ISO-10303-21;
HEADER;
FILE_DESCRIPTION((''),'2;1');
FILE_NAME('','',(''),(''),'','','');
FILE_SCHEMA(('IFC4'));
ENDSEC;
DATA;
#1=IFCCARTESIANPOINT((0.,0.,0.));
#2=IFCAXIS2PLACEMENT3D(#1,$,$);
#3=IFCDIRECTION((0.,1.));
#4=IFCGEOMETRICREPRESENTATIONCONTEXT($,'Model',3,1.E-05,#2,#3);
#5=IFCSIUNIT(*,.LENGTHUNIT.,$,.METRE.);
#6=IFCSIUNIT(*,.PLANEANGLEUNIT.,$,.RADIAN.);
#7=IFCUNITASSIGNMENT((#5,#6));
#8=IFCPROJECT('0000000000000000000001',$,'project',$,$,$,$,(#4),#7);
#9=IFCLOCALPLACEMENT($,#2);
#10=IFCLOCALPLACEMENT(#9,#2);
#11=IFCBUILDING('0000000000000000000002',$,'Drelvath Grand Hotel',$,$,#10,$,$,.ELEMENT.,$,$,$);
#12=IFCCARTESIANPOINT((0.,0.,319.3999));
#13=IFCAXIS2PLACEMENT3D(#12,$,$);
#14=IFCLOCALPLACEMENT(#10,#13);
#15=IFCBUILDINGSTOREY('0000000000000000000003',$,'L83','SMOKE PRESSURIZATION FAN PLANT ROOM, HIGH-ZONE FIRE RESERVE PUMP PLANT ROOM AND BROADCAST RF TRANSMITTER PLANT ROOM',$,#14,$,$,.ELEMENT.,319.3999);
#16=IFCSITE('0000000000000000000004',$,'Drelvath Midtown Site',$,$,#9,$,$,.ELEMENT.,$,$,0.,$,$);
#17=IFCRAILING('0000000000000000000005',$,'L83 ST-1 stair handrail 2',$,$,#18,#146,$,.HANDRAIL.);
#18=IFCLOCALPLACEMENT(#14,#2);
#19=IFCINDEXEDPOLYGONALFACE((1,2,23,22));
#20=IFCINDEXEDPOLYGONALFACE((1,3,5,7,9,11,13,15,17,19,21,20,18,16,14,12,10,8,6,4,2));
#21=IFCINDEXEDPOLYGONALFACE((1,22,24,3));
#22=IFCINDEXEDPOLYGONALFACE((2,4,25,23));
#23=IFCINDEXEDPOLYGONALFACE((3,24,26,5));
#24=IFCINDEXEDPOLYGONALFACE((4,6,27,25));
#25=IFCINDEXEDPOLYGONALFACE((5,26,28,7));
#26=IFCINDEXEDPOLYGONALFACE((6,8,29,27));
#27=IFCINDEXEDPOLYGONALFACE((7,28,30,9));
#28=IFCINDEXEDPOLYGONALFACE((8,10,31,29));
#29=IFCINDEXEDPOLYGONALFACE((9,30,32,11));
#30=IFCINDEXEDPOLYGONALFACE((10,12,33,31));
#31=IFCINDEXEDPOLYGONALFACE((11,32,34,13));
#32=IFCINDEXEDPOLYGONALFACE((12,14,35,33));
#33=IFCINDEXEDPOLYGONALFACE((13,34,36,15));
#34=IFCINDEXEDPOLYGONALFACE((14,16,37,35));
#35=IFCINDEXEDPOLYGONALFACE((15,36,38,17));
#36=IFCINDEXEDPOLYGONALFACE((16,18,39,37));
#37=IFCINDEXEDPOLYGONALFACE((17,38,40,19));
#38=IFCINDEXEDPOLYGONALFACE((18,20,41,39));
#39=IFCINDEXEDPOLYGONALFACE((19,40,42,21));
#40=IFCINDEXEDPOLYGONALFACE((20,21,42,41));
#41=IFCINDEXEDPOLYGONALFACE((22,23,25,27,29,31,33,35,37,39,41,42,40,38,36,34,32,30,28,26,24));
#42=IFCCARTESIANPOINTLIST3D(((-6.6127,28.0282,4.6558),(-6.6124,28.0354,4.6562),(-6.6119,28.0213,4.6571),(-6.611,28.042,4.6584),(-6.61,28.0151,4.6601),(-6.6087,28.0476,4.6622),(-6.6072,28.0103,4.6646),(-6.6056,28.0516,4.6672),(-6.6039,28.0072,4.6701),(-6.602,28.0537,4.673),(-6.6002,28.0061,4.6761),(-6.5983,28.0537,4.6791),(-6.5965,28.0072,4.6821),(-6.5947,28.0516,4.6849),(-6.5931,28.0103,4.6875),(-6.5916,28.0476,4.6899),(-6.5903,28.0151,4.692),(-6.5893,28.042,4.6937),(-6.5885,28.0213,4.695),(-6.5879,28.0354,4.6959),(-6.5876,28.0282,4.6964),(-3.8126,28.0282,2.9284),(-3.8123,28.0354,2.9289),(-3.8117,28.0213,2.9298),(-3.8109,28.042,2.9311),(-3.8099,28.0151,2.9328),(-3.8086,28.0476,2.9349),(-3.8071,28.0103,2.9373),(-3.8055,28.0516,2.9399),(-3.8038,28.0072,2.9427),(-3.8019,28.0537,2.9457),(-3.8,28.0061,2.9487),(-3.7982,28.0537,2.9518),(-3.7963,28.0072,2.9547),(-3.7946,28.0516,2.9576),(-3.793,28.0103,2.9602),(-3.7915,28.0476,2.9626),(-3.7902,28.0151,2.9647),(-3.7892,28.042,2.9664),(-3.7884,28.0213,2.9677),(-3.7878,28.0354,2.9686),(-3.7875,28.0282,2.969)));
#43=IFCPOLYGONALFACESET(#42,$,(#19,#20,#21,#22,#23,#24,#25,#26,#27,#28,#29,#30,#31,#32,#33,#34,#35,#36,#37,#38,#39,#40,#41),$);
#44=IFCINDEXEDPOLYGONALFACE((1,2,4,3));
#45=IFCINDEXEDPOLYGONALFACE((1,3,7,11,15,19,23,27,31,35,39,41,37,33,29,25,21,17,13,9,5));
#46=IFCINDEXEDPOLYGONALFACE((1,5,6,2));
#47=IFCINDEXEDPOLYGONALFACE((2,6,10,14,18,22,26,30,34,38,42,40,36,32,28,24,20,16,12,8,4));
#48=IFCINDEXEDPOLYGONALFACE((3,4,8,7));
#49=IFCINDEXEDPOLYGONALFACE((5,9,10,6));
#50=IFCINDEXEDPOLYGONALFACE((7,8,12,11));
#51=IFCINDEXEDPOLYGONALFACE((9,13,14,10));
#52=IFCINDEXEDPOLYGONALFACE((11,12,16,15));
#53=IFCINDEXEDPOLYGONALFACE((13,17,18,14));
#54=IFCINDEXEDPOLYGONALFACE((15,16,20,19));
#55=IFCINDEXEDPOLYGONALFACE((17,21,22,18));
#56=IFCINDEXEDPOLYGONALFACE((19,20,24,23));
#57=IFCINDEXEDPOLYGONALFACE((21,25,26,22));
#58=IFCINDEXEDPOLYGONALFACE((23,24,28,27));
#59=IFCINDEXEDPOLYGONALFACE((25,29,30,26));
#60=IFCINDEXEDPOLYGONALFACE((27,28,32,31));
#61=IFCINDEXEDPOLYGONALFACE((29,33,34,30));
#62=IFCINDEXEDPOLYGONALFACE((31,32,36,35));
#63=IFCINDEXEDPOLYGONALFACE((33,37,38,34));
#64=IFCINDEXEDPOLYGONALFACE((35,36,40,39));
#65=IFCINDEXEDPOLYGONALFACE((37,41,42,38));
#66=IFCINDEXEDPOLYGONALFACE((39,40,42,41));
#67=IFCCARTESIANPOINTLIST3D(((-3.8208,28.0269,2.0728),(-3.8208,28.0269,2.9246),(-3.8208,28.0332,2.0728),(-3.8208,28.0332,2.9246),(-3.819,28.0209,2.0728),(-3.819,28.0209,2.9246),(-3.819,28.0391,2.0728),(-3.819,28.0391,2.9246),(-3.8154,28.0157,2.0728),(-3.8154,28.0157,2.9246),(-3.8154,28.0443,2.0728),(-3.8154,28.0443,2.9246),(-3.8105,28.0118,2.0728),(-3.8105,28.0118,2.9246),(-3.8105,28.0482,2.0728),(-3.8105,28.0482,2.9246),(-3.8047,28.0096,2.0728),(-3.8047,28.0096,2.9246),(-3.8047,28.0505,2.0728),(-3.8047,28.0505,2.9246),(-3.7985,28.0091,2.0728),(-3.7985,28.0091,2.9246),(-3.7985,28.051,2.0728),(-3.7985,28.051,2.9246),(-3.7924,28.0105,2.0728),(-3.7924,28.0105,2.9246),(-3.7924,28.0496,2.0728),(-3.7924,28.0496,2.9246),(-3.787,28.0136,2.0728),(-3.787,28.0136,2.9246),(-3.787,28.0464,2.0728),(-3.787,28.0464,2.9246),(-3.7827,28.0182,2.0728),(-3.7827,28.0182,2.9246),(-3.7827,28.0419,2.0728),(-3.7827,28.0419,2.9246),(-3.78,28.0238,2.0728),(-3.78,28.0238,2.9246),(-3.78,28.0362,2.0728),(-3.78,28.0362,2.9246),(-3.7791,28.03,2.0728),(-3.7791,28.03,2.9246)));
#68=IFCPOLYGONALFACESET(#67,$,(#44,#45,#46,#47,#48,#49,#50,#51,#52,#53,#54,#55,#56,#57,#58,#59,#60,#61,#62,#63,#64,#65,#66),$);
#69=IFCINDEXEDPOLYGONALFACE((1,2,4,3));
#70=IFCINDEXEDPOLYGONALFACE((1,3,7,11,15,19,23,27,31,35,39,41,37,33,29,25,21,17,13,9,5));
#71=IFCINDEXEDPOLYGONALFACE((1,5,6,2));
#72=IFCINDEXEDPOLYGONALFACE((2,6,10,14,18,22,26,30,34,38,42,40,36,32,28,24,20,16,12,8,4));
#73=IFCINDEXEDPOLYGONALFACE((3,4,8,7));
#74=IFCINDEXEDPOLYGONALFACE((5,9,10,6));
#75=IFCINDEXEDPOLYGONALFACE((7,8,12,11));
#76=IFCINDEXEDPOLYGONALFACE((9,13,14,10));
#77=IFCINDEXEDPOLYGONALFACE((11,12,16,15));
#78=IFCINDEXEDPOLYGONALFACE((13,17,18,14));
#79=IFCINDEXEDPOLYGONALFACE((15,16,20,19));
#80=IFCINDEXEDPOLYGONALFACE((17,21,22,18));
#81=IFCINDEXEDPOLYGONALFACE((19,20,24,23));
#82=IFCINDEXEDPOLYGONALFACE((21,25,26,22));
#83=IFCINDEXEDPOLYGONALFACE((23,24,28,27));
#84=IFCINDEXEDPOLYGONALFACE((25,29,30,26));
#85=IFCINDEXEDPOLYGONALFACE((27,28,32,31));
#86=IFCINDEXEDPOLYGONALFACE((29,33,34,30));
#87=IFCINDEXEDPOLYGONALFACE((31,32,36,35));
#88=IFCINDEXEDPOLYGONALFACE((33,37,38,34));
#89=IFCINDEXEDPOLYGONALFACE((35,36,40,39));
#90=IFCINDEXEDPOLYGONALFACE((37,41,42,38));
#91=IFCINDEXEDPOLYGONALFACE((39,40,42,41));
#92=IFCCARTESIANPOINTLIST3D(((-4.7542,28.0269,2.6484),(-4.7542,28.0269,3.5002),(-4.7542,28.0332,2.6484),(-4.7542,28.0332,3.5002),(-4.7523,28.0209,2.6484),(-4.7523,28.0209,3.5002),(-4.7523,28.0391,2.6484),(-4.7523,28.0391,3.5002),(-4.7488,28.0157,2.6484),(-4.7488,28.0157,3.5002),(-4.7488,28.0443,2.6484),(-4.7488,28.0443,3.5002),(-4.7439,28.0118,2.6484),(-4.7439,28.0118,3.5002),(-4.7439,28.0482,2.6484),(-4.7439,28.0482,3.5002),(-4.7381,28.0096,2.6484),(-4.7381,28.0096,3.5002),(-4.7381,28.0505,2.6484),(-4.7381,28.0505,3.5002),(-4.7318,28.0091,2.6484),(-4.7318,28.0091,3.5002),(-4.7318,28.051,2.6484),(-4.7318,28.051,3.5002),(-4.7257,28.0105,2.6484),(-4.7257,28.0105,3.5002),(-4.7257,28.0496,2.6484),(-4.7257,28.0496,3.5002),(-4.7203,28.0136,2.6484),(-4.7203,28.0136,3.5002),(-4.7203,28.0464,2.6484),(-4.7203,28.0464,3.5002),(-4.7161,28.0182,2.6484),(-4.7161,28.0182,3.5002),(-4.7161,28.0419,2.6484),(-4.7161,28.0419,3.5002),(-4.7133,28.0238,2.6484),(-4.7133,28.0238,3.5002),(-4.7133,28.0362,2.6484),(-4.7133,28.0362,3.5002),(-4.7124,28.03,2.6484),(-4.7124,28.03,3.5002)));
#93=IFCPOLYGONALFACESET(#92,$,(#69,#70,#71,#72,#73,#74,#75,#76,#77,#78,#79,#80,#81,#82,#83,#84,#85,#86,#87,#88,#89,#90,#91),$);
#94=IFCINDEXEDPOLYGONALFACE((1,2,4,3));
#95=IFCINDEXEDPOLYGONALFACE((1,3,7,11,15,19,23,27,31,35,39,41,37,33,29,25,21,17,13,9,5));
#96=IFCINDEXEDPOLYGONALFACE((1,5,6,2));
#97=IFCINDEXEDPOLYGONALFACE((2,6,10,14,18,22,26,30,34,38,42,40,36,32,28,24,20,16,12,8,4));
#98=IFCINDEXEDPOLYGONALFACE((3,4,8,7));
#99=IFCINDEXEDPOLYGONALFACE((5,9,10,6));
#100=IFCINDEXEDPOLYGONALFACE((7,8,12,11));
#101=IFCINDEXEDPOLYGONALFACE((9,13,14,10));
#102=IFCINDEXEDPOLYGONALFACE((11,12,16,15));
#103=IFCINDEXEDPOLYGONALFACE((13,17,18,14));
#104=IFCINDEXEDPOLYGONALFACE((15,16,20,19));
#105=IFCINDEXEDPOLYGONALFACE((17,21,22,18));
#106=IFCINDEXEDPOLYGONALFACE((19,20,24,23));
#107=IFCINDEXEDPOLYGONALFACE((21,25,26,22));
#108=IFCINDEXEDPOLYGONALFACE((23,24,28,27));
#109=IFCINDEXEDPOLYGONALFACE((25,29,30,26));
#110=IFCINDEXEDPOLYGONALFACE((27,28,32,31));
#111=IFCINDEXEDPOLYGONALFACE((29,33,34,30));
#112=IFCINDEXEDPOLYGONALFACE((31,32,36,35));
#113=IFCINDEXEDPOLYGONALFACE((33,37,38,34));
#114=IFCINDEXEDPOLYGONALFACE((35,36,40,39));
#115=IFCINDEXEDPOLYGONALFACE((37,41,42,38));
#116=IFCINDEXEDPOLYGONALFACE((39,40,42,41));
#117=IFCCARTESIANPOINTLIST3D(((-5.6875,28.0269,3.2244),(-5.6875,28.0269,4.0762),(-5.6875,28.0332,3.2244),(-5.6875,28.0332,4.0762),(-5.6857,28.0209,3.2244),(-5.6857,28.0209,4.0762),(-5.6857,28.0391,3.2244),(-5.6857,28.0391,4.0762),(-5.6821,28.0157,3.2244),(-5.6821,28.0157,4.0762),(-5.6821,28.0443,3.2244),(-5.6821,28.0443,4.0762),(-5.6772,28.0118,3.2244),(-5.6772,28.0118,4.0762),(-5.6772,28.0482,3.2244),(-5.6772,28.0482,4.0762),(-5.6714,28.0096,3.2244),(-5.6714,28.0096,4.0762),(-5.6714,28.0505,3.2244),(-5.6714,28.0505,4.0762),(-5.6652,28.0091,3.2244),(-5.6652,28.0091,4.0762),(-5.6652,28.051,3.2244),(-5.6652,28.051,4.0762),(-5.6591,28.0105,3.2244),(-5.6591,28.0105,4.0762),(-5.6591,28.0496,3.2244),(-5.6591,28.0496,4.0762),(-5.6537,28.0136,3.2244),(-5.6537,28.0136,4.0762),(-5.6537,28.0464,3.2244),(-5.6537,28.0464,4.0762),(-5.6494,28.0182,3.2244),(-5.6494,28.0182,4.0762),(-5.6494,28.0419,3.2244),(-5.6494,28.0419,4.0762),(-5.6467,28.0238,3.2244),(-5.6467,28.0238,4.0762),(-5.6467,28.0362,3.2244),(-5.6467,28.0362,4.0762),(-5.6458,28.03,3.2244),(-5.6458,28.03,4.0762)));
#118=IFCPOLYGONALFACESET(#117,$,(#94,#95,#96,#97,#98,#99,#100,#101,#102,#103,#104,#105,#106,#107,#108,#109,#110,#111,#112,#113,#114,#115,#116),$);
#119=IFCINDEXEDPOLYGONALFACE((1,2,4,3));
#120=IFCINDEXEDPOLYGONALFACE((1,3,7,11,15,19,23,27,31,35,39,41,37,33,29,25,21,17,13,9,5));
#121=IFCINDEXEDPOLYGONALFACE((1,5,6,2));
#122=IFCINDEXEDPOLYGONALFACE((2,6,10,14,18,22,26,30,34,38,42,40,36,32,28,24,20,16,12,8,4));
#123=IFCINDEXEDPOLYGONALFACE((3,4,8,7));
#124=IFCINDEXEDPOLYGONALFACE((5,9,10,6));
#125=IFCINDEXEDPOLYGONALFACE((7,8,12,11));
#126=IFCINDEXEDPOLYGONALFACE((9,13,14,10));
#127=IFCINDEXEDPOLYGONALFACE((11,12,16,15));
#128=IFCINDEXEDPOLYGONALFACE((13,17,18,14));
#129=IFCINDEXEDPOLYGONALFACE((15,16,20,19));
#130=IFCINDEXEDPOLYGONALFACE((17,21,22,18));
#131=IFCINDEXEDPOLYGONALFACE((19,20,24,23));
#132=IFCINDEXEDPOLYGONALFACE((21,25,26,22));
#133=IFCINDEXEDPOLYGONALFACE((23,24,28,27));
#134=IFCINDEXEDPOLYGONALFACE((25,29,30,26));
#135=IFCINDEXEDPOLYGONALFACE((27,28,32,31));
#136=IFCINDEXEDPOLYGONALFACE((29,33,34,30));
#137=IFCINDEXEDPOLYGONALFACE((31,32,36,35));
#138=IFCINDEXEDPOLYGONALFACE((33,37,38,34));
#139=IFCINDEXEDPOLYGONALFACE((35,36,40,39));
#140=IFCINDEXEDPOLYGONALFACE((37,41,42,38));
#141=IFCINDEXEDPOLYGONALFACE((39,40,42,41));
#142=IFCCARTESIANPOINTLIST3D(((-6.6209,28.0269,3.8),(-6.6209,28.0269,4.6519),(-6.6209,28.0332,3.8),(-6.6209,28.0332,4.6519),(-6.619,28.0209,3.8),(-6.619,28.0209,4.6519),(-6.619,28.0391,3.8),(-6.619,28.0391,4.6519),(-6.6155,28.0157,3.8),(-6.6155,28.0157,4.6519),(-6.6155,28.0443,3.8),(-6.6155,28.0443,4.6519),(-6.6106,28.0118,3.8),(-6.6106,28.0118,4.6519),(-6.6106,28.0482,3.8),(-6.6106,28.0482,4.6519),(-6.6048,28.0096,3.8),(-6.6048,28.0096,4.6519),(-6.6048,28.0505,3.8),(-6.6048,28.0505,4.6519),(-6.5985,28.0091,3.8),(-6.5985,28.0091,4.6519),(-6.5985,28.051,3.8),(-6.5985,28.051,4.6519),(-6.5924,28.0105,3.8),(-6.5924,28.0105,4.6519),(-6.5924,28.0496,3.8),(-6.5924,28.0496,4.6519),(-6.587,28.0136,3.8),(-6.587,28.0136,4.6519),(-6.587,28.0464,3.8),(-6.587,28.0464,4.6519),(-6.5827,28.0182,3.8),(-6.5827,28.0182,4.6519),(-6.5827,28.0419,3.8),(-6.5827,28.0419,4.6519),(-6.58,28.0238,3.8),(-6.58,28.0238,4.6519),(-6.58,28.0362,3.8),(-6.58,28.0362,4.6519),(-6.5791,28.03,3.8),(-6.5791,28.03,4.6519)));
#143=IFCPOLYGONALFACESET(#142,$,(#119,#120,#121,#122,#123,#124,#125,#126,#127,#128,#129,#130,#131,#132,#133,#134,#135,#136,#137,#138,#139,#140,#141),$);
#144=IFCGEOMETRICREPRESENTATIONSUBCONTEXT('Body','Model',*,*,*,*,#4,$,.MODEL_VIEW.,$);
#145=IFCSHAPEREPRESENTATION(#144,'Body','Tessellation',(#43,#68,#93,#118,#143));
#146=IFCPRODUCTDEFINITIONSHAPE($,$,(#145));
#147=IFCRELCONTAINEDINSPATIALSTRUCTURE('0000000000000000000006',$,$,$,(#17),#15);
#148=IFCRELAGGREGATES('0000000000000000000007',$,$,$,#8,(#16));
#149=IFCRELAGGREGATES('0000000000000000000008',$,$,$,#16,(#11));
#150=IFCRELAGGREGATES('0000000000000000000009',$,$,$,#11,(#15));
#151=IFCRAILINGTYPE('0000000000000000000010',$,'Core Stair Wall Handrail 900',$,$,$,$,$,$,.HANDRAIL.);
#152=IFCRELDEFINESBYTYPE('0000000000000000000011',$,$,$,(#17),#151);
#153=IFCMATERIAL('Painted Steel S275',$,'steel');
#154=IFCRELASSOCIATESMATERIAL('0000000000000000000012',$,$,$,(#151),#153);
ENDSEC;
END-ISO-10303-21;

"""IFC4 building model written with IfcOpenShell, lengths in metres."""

from ifc_helpers import new_model, si_unit, direction, frame, origin, origin_2d, place, context, subcontext, project, spatial, circle, extrude, material, type_object, element, save


model = new_model("IFC4")

# Units and contexts
model_context = context("Model", 3, precision=1e-05, world=origin(), true_north=direction((0.0, 1.0)))
body_context = subcontext(model_context, "Body", "Model", "MODEL_VIEW")
ifc_project = project(units=[si_unit("LENGTHUNIT", "METRE"), si_unit("PLANEANGLEUNIT", "RADIAN")], contexts=[model_context])

# Site, building, storey
site_placement = place(None, origin())
site = spatial("IfcSite", under=ifc_project, at=site_placement, Name="Drelvath Midtown Site", CompositionType="ELEMENT", RefElevation=0.0)
building_placement = place(site_placement, origin())
building = spatial("IfcBuilding", under=site, at=building_placement, Name="Drelvath Grand Hotel", CompositionType="ELEMENT")
storey_placement = place(building_placement, frame((0.0, 0.0, 319.3999)))
storey = spatial("IfcBuildingStorey", under=building, at=storey_placement, Name="L83", Description="SMOKE PRESSURIZATION FAN PLANT ROOM, HIGH-ZONE FIRE RESERVE PUMP PLANT ROOM AND BROADCAST RF TRANSMITTER PLANT ROOM", CompositionType="ELEMENT", Elevation=319.3999)

# Shared definitions
ifc_material_1 = material(Name="Painted Steel S275", Category="steel")

# Railing
railing_type_1 = type_object("IfcRailingType", Name="Core Stair Wall Handrail 900", PredefinedType="HANDRAIL", material=ifc_material_1)
railing_1_placement = place(storey_placement, frame((-3.8, 28.03, 2.0728)))
element("IfcRailing", 1, at=railing_1_placement, inside=storey, type_object=railing_type_1, Name="L83 ST-1 stair handrail 2", PredefinedType="HANDRAIL", context=body_context, shape_type="SweptSolid", body=[
    extrude(circle(Radius=0.0239, at=origin_2d()), frame((0.0, 0.0, 0.876), z_axis=(-0.85109, 0.0, 0.52502), x_axis=(0.0, -1.0, 0.0)), (0.0, 0.0, 1.0), 3.29),
    extrude(circle(Radius=0.021, at=origin_2d()), origin(), (0.0, 0.0, 1.0), 0.8518),
    extrude(circle(Radius=0.021, at=origin_2d()), frame((-0.9333, 0.0, 0.5757)), (0.0, 0.0, 1.0), 0.8518),
    extrude(circle(Radius=0.021, at=origin_2d()), frame((-1.8667, 0.0, 1.1516)), (0.0, 0.0, 1.0), 0.8518),
    extrude(circle(Radius=0.021, at=origin_2d()), frame((-2.8, 0.0, 1.7273)), (0.0, 0.0, 1.0), 0.8518),
])

save(model, "model.ifc")
